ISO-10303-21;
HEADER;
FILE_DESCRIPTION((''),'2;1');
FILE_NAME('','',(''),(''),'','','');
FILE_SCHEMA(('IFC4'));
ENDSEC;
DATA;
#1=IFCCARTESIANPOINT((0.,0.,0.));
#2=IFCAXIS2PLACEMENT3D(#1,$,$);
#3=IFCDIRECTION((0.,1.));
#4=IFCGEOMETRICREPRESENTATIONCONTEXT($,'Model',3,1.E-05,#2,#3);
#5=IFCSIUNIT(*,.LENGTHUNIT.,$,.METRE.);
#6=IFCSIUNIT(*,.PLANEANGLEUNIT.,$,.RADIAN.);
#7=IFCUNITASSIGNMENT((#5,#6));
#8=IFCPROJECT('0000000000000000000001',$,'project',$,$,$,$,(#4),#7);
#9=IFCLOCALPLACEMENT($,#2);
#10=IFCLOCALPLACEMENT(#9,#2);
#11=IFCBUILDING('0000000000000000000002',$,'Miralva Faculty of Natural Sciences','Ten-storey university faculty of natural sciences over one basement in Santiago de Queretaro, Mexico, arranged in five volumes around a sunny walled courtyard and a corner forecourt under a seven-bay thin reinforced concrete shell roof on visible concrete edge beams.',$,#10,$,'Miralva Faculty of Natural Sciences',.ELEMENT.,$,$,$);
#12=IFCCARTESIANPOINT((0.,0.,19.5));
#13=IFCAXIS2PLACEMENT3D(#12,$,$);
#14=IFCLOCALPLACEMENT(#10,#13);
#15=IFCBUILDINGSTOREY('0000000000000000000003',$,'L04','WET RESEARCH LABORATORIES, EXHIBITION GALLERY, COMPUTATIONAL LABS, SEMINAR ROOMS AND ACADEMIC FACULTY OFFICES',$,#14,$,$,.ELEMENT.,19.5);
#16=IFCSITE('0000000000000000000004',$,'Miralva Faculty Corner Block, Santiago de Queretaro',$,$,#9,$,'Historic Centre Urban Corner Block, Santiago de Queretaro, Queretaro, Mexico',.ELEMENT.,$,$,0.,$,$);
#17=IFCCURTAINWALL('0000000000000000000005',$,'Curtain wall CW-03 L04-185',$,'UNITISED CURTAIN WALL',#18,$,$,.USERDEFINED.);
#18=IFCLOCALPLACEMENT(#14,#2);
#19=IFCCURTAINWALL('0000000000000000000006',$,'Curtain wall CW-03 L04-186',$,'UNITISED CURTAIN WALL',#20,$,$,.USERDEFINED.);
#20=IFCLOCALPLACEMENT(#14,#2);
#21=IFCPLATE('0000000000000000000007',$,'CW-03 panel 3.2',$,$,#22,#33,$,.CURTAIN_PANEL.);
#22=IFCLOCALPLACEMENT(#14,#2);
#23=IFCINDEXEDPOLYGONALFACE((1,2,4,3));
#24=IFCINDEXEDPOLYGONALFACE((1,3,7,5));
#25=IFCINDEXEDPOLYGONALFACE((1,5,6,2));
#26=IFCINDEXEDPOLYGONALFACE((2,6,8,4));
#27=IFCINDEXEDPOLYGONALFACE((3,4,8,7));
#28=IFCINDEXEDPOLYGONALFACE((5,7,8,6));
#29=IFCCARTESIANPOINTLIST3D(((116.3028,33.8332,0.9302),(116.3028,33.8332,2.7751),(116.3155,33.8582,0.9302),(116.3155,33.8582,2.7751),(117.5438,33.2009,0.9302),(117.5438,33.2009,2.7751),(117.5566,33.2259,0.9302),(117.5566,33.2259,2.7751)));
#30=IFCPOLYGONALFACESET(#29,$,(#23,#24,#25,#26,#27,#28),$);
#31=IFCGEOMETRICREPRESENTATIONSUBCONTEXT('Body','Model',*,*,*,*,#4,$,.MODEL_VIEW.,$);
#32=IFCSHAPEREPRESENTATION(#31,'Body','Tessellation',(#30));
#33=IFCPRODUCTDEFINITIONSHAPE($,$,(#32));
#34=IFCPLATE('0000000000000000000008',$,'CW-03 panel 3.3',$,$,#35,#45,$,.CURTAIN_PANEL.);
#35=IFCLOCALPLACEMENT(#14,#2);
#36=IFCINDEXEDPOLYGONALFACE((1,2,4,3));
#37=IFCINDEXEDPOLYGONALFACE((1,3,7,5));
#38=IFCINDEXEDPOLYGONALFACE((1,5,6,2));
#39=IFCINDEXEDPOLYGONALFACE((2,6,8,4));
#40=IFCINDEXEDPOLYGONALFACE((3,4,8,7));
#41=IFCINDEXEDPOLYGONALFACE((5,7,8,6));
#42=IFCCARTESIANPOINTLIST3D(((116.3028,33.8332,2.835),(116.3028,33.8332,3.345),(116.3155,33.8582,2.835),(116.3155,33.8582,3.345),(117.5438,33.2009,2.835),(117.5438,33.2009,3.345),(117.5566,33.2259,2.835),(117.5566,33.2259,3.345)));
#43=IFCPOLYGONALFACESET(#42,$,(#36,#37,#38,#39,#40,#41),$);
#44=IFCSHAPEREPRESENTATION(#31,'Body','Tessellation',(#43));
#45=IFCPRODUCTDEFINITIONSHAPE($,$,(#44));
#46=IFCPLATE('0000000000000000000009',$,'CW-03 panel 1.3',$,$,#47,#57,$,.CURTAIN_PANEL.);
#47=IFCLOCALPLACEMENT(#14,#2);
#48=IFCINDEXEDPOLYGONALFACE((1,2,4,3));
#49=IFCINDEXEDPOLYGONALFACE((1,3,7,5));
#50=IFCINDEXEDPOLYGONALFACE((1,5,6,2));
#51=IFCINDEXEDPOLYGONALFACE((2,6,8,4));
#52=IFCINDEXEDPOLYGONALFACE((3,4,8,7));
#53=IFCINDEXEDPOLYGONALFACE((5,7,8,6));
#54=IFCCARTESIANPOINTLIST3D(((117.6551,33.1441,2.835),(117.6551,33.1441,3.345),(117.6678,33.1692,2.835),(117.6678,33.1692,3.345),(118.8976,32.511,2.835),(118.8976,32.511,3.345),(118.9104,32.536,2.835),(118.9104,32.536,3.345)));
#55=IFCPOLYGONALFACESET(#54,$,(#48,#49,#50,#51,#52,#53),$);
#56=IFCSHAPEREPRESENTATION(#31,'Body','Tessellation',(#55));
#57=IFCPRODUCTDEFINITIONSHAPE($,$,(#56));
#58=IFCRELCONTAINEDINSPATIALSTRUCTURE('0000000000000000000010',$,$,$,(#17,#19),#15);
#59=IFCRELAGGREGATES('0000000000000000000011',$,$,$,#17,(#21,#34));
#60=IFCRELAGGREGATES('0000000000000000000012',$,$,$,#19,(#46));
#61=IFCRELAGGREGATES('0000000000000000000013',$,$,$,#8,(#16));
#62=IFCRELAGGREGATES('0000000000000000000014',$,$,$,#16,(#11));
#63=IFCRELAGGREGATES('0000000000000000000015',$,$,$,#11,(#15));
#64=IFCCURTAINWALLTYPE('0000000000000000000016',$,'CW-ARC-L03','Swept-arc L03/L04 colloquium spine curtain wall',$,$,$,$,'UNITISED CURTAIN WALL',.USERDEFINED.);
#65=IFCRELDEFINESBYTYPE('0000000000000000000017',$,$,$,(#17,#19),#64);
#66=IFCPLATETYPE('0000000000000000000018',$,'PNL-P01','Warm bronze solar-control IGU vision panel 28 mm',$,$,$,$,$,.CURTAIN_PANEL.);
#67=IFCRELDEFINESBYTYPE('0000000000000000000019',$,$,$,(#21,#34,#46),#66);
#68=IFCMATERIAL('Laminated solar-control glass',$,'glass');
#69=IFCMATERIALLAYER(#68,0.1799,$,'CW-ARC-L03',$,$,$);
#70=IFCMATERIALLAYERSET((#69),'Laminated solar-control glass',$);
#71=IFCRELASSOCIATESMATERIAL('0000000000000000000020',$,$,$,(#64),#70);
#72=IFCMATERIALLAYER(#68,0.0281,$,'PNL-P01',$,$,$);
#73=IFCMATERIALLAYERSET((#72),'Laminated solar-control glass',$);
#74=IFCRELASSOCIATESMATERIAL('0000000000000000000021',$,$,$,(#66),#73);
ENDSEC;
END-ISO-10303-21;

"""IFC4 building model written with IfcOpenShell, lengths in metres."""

from ifc_helpers import new_model, si_unit, direction, frame, origin, origin_2d, place, context, subcontext, project, spatial, rectangle, extrude, material, layer, layer_set, type_object, element, aggregate, save


model = new_model("IFC4")

# Units and contexts
model_context = context("Model", 3, precision=1e-05, world=origin(), true_north=direction((0.0, 1.0)))
body_context = subcontext(model_context, "Body", "Model", "MODEL_VIEW")
ifc_project = project(units=[si_unit("LENGTHUNIT", "METRE"), si_unit("PLANEANGLEUNIT", "RADIAN")], contexts=[model_context])

# Site, building, storey
site_placement = place(None, origin())
site = spatial("IfcSite", under=ifc_project, at=site_placement, Name="Miralva Faculty Corner Block, Santiago de Queretaro", LongName="Historic Centre Urban Corner Block, Santiago de Queretaro, Queretaro, Mexico", CompositionType="ELEMENT", RefElevation=0.0)
building_placement = place(site_placement, origin())
building = spatial("IfcBuilding", under=site, at=building_placement, Name="Miralva Faculty of Natural Sciences", Description="Ten-storey university faculty of natural sciences over one basement in Santiago de Queretaro, Mexico, arranged in five volumes around a sunny walled courtyard and a corner forecourt under a seven-bay thin reinforced concrete shell roof on visible concrete edge beams.", LongName="Miralva Faculty of Natural Sciences", CompositionType="ELEMENT")
storey_placement = place(building_placement, frame((0.0, 0.0, 19.5)))
storey = spatial("IfcBuildingStorey", under=building, at=storey_placement, Name="L04", Description="WET RESEARCH LABORATORIES, EXHIBITION GALLERY, COMPUTATIONAL LABS, SEMINAR ROOMS AND ACADEMIC FACULTY OFFICES", CompositionType="ELEMENT", Elevation=19.5)

# Curtain wall
ifc_material_1 = material(Name="Laminated solar-control glass", Category="glass")
ifc_layer_1 = layer(ifc_material_1, 0.1799, Name="CW-ARC-L03")
ifc_layer_set_1 = layer_set([ifc_layer_1], Name="Laminated solar-control glass")
curtain_wall_type = type_object("IfcCurtainWallType", Name="CW-ARC-L03", Description="Swept-arc L03/L04 colloquium spine curtain wall", ElementType="UNITISED CURTAIN WALL", PredefinedType="USERDEFINED", material=ifc_layer_set_1)
curtain_wall_1_placement = place(storey_placement, origin())
curtain_wall_1 = element("IfcCurtainWall", 1, at=curtain_wall_1_placement, inside=storey, type_object=curtain_wall_type, Name="Curtain wall CW-03 L04-185", ObjectType="UNITISED CURTAIN WALL", PredefinedType="USERDEFINED")

# Curtain wall
curtain_wall_2_placement = place(storey_placement, origin())
curtain_wall_2 = element("IfcCurtainWall", 2, at=curtain_wall_2_placement, inside=storey, type_object=curtain_wall_type, Name="Curtain wall CW-03 L04-186", ObjectType="UNITISED CURTAIN WALL", PredefinedType="USERDEFINED")

# Plates
ifc_layer_2 = layer(ifc_material_1, 0.0281, Name="PNL-P01")
ifc_layer_set_2 = layer_set([ifc_layer_2], Name="Laminated solar-control glass")
plate_type = type_object("IfcPlateType", Name="PNL-P01", Description="Warm bronze solar-control IGU vision panel 28 mm", PredefinedType="CURTAIN_PANEL", material=ifc_layer_set_2)
plate_1_placement = place(storey_placement, frame((116.9297, 33.5295, 0.9302), z_axis=(0.0, 0.0, 1.0), x_axis=(0.891015, -0.453973, 0.0)))
plate_1 = element("IfcPlate", 3, at=plate_1_placement, type_object=plate_type, Name="CW-03 panel 3.2", PredefinedType="CURTAIN_PANEL", context=body_context, shape_type="SweptSolid", body=[
    extrude(rectangle(XDim=1.3928, YDim=0.0281, at=origin_2d()), origin(), (0.0, 0.0, 1.0), 1.845),
])
plate_2_placement = place(storey_placement, frame((116.9297, 33.5295, 2.835), z_axis=(0.0, 0.0, 1.0), x_axis=(0.891015, -0.453973, 0.0)))
plate_2 = element("IfcPlate", 4, at=plate_2_placement, type_object=plate_type, Name="CW-03 panel 3.3", PredefinedType="CURTAIN_PANEL", context=body_context, shape_type="SweptSolid", body=[
    extrude(rectangle(XDim=1.3928, YDim=0.0281, at=origin_2d()), origin(), (0.0, 0.0, 1.0), 0.51),
])
aggregate(curtain_wall_1, [plate_1, plate_2])
plate_3_placement = place(storey_placement, frame((118.2827, 32.8401, 2.835), z_axis=(0.0, 0.0, 1.0), x_axis=(0.891001, -0.454001, 0.0)))
plate_3 = element("IfcPlate", 5, at=plate_3_placement, type_object=plate_type, Name="CW-03 panel 1.3", PredefinedType="CURTAIN_PANEL", context=body_context, shape_type="SweptSolid", body=[
    extrude(rectangle(XDim=1.3945, YDim=0.0281, at=origin_2d()), origin(), (0.0, 0.0, 1.0), 0.51),
])
aggregate(curtain_wall_2, [plate_3])

save(model, "model.ifc")
